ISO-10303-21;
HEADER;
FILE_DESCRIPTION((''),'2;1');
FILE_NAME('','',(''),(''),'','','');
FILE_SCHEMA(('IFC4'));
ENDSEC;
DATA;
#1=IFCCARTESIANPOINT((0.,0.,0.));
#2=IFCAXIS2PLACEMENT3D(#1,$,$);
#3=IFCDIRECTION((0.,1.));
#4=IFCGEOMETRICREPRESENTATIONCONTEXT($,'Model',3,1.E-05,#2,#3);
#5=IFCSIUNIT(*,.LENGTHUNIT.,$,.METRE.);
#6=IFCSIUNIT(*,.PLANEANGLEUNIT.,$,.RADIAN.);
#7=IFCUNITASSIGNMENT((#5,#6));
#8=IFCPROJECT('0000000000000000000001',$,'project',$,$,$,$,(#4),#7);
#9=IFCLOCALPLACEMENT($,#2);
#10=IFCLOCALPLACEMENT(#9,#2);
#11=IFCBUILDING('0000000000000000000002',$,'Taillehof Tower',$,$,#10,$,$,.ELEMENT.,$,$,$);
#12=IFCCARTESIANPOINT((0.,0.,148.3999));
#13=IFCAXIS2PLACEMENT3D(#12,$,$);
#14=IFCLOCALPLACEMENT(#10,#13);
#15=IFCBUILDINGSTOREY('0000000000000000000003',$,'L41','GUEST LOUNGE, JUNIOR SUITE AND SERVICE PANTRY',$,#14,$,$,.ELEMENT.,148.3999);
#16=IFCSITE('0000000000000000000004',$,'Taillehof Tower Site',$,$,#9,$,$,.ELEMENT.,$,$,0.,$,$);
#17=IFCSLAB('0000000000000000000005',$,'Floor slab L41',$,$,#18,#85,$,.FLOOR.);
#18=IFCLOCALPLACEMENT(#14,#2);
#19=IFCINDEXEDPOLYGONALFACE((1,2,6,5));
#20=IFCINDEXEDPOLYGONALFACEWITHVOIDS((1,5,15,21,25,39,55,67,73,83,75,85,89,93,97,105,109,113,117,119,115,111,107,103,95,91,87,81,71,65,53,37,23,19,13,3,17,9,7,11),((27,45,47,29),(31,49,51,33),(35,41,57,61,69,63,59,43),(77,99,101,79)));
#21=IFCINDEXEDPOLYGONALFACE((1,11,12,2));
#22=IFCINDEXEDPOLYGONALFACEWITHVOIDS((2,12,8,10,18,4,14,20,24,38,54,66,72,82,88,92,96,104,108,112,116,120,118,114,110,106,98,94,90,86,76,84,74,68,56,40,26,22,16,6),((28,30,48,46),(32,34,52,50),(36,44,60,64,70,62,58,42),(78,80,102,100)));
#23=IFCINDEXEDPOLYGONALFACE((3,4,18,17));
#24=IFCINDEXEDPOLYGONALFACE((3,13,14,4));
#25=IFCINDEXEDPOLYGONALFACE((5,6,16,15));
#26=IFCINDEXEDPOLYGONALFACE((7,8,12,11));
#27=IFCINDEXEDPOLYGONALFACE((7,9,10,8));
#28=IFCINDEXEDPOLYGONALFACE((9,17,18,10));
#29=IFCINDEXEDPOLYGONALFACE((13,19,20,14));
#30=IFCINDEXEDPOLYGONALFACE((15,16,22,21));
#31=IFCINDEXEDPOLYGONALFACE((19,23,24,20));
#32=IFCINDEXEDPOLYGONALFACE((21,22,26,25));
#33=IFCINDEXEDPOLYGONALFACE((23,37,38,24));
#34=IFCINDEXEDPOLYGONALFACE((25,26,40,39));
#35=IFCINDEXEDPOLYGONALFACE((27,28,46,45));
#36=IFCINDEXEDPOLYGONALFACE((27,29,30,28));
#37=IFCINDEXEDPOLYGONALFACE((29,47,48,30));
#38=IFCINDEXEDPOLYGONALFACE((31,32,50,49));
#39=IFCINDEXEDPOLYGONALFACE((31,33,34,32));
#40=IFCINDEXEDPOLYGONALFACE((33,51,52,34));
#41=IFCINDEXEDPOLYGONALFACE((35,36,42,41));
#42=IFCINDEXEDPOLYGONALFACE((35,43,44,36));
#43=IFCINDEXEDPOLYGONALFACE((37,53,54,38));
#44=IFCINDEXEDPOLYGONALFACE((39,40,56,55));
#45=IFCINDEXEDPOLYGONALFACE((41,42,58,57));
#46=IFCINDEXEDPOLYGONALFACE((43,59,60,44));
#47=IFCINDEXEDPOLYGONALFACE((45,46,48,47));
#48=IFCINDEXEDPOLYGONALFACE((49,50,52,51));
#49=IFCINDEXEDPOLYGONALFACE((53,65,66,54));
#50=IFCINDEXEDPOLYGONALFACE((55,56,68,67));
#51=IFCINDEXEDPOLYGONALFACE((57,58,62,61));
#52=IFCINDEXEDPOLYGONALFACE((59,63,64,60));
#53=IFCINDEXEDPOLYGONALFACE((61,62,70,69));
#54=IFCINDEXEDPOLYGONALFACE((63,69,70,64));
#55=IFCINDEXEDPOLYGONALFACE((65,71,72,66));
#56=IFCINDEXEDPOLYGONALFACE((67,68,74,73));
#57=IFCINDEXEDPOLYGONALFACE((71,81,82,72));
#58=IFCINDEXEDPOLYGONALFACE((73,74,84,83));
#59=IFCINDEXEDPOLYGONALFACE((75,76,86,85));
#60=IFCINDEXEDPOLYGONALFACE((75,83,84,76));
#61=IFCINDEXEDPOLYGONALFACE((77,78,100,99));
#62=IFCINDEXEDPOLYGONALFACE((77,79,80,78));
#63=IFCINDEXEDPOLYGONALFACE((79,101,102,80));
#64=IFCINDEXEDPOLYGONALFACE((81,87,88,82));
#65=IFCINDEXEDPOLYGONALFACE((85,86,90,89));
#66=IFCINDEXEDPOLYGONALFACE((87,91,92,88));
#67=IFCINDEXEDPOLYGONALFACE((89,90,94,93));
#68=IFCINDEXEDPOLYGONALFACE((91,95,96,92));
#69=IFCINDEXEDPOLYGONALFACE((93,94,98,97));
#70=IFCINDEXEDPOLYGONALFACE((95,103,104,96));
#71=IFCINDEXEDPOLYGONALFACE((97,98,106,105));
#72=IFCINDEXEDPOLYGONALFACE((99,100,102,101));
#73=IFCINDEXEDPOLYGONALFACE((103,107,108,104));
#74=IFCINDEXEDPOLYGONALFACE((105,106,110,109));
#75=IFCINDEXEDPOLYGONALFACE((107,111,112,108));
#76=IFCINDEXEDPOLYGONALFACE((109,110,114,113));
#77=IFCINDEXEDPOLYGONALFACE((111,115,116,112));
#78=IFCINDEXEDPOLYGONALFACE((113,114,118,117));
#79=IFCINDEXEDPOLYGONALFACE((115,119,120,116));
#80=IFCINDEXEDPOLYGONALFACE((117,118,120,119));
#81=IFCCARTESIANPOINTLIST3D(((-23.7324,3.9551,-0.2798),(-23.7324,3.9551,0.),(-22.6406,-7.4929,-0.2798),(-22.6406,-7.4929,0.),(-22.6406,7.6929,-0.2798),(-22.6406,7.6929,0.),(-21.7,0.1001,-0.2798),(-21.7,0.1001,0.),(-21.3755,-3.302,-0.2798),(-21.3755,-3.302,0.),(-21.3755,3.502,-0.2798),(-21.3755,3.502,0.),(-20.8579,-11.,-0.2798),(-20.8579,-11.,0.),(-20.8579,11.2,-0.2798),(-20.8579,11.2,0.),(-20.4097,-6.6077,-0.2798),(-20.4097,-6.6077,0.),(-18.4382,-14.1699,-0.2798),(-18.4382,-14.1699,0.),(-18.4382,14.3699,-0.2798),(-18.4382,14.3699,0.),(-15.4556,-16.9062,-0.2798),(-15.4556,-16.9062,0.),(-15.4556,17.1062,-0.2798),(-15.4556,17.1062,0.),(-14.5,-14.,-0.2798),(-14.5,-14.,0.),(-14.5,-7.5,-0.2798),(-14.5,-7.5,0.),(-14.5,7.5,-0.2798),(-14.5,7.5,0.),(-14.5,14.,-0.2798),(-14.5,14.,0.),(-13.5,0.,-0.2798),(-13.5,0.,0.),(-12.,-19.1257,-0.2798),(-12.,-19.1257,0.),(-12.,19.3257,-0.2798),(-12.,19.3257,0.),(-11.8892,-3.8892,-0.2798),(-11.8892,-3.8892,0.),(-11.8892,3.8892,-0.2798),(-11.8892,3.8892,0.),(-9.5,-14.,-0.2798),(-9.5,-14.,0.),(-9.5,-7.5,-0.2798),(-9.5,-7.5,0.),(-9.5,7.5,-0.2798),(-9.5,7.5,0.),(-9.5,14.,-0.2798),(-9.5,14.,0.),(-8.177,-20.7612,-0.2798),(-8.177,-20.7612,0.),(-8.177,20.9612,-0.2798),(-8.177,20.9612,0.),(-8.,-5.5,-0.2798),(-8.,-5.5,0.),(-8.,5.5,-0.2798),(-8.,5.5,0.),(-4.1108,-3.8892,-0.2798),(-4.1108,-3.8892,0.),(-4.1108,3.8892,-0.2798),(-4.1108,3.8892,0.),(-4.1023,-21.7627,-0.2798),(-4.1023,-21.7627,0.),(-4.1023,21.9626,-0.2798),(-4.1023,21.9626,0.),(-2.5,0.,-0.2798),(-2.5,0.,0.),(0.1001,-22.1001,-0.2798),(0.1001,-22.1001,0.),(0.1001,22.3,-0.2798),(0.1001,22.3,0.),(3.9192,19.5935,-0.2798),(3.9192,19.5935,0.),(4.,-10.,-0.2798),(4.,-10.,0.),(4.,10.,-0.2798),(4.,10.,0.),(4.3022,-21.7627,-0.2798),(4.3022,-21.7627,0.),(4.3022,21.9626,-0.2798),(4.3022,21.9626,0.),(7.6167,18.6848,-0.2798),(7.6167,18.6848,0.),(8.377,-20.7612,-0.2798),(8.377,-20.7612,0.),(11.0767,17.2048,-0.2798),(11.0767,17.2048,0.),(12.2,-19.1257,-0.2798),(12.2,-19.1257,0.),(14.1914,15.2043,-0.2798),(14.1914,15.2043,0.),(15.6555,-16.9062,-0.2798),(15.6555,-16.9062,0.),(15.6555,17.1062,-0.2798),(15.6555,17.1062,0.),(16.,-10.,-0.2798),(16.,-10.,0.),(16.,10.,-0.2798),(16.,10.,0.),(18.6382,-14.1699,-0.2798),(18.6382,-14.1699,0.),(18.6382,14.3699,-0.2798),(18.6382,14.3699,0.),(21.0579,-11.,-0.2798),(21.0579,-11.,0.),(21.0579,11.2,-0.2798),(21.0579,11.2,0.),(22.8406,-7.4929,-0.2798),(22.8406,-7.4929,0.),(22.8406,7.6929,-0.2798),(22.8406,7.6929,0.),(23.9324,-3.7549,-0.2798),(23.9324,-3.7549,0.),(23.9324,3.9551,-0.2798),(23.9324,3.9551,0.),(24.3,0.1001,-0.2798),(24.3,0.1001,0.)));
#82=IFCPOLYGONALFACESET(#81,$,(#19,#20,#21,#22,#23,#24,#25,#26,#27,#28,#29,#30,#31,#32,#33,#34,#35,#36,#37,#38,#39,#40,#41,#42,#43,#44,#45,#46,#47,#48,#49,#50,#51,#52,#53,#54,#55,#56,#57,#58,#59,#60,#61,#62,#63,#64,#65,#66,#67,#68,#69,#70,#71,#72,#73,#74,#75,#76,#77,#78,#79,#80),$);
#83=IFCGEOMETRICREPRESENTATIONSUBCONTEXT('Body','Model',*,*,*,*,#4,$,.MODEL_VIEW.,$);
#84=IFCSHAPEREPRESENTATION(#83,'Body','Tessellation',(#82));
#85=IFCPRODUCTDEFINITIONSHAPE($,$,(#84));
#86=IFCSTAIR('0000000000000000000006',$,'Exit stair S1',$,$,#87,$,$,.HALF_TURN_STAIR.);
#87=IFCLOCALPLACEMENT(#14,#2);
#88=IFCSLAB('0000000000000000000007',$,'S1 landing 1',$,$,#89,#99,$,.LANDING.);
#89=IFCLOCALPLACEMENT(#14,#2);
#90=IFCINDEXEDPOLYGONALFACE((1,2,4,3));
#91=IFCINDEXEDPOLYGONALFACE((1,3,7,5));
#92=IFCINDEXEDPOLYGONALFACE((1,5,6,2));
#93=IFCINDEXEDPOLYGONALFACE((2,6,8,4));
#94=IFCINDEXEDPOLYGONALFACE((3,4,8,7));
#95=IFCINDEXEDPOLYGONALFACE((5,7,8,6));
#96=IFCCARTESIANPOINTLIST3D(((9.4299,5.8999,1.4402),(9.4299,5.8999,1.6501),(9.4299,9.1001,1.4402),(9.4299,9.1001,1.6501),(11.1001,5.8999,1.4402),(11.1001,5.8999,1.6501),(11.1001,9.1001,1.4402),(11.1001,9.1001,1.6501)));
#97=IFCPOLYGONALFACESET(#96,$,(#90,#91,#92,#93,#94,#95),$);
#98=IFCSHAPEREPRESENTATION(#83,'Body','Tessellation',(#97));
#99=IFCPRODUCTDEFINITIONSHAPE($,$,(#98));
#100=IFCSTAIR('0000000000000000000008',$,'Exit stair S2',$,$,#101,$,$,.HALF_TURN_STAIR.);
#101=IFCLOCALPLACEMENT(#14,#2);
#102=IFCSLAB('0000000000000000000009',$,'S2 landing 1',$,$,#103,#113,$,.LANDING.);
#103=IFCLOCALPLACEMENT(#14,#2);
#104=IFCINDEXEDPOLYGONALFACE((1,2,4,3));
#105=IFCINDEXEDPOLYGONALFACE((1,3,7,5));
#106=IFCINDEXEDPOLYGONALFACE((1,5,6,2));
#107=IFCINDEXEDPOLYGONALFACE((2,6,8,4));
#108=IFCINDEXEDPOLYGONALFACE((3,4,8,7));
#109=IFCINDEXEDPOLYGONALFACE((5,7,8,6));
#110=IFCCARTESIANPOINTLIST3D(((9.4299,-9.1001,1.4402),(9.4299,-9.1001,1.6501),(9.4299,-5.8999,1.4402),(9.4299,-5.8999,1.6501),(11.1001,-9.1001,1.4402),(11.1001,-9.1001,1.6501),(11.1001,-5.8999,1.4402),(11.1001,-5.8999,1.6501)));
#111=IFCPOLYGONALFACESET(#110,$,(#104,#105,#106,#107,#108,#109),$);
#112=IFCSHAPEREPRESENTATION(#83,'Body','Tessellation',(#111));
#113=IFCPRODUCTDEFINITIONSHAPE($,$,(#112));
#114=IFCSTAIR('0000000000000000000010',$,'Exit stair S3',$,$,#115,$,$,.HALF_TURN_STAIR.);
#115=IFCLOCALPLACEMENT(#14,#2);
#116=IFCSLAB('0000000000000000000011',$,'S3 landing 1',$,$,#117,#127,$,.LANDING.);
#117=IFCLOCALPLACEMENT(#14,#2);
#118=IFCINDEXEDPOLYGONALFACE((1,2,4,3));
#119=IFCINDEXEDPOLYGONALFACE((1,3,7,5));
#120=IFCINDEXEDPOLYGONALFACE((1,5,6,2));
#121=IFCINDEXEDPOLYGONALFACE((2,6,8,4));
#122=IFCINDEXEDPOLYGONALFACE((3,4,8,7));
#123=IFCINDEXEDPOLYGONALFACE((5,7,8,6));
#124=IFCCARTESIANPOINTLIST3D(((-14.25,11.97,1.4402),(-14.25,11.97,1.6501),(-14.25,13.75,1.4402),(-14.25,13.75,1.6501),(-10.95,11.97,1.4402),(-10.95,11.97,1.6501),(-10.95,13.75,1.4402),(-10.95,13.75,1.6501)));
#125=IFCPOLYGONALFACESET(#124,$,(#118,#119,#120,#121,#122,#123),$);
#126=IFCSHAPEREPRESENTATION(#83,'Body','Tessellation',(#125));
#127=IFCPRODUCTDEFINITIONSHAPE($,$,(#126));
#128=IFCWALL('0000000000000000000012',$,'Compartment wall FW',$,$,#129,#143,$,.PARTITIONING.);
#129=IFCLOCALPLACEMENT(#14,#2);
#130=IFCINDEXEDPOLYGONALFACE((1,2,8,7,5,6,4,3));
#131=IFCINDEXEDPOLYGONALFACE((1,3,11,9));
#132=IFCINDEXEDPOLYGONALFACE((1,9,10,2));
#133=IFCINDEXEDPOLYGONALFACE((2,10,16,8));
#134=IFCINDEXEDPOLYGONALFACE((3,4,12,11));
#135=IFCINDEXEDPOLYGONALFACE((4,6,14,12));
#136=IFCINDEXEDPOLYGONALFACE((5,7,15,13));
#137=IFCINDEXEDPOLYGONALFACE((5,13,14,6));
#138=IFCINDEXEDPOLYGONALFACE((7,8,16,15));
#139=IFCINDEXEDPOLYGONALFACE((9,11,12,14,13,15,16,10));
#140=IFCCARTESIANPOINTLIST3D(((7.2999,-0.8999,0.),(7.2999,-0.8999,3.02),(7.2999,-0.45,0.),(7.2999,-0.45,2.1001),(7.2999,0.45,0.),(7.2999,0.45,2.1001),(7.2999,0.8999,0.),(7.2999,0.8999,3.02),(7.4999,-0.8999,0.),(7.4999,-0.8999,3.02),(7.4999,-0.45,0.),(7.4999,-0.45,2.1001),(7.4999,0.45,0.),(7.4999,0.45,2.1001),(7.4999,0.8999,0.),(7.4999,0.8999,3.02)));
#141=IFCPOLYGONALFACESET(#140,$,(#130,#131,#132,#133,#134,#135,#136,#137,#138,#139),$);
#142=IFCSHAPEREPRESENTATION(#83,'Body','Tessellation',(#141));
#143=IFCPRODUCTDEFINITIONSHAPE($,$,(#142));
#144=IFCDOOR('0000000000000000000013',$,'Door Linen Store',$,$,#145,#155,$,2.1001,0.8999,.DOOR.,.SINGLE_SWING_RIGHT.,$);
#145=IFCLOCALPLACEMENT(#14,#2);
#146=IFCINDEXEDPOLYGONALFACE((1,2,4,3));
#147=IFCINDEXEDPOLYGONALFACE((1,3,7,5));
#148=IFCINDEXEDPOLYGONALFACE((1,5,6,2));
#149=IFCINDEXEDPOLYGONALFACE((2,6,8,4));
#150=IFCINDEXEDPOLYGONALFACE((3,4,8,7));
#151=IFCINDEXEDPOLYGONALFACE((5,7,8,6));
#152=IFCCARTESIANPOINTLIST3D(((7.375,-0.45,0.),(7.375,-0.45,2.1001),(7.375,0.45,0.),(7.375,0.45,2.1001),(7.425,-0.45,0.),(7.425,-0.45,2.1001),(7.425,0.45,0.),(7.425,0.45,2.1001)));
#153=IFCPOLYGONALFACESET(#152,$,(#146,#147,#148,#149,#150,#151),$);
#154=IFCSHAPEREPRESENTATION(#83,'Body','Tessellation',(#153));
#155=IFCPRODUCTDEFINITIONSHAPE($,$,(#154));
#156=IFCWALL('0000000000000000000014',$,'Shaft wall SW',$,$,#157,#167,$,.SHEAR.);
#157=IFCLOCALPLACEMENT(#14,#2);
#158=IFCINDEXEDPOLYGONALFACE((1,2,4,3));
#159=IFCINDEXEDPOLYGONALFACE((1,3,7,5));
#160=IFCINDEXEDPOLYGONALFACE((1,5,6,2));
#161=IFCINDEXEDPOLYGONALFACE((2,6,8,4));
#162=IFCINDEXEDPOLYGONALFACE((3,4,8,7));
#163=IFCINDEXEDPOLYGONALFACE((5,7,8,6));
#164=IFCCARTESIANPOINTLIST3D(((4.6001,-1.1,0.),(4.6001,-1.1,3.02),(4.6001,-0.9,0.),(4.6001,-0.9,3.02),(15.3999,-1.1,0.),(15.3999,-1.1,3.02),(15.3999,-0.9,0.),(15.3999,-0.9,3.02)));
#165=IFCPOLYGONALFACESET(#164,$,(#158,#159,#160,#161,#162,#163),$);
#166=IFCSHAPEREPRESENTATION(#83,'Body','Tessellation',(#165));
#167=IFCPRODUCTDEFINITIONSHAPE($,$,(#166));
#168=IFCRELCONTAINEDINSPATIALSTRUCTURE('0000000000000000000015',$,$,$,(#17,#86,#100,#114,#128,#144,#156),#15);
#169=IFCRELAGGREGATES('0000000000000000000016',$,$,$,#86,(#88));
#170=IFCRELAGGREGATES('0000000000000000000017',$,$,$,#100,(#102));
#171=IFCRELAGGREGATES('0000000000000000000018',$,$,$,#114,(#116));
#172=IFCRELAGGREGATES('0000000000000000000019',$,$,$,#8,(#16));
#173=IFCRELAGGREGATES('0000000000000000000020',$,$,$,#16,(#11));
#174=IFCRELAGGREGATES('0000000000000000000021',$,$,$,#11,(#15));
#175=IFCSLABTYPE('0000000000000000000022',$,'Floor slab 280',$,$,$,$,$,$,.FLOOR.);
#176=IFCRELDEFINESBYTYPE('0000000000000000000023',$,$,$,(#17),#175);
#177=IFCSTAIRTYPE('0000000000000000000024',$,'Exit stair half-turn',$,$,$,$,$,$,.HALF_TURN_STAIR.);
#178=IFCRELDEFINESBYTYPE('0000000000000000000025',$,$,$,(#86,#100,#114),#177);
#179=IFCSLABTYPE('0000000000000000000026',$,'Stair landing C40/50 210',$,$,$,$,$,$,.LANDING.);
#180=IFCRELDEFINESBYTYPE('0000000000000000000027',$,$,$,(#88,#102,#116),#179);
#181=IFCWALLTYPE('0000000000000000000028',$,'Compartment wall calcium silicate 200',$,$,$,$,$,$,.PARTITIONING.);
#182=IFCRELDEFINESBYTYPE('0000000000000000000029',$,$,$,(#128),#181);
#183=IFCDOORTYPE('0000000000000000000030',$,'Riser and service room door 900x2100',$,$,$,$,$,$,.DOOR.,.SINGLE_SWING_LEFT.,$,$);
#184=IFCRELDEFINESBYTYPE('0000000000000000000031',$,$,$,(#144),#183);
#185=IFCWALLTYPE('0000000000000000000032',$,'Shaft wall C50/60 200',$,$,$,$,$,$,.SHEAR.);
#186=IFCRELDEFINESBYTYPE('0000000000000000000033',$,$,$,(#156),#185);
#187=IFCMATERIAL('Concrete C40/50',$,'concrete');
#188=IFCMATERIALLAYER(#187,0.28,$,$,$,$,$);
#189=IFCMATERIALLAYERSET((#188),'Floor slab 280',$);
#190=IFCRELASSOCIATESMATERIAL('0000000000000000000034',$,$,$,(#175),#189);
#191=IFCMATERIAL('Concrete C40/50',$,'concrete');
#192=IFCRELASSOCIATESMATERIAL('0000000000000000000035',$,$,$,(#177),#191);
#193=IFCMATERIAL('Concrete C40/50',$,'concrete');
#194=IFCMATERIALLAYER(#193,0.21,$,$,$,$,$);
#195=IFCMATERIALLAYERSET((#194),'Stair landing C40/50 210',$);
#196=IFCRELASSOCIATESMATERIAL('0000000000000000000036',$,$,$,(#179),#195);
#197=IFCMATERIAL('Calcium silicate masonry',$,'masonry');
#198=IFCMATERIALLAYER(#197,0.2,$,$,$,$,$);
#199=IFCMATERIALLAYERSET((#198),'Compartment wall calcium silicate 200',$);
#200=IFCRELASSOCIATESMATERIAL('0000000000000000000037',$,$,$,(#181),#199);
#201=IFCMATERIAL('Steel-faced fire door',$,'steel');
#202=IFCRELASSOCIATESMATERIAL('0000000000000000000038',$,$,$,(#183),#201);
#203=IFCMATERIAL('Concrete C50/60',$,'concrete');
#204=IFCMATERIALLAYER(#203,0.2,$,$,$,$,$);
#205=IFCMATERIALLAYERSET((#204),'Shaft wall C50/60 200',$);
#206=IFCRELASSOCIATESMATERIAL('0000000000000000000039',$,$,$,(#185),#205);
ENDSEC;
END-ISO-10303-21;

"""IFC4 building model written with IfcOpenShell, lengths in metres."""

from ifc_helpers import new_model, si_unit, direction, frame, frame_2d, origin, place, context, subcontext, project, spatial, polyline, rectangle, outline, extrude, material, layer, layer_set, type_object, element, fill, aggregate, save


model = new_model("IFC4")

# Units and contexts
model_context = context("Model", 3, precision=1e-05, world=origin(), true_north=direction((0.0, 1.0)))
body_context = subcontext(model_context, "Body", "Model", "MODEL_VIEW")
ifc_project = project(units=[si_unit("LENGTHUNIT", "METRE"), si_unit("PLANEANGLEUNIT", "RADIAN")], contexts=[model_context])

# Site, building, storey
site_placement = place(None, origin())
site = spatial("IfcSite", under=ifc_project, at=site_placement, Name="Taillehof Tower Site", CompositionType="ELEMENT", RefElevation=0.0)
building_placement = place(site_placement, origin())
building = spatial("IfcBuilding", under=site, at=building_placement, Name="Taillehof Tower", CompositionType="ELEMENT")
storey_placement = place(building_placement, frame((0.0, 0.0, 148.3999)))
storey = spatial("IfcBuildingStorey", under=building, at=storey_placement, Name="L41", Description="GUEST LOUNGE, JUNIOR SUITE AND SERVICE PANTRY", CompositionType="ELEMENT", Elevation=148.3999)

# Slab
ifc_material_1 = material(Name="Concrete C40/50", Category="concrete")
ifc_layer_1 = layer(ifc_material_1, 0.28)
ifc_layer_set_1 = layer_set([ifc_layer_1], Name="Floor slab 280")
slab_type_1 = type_object("IfcSlabType", Name="Floor slab 280", PredefinedType="FLOOR", material=ifc_layer_set_1)
slab_1_placement = place(storey_placement, frame((0.0, 0.0, -0.2798)))
element("IfcSlab", 1, at=slab_1_placement, inside=storey, type_object=slab_type_1, Name="Floor slab L41", PredefinedType="FLOOR", context=body_context, shape_type="SweptSolid", body=[
    extrude(outline(polyline([(24.3, 0.1001), (23.9324, 3.9551), (22.8406, 7.6929), (21.0579, 11.2), (18.6382, 14.3699), (15.6555, 17.1062), (14.1914, 15.2043), (11.0767, 17.2048), (7.6167, 18.6848), (3.9192, 19.5935), (4.3022, 21.9626), (0.1001, 22.3), (-4.1023, 21.9626), (-8.177, 20.9612), (-12.0, 19.3257), (-15.4556, 17.1062), (-18.4382, 14.3699), (-20.8579, 11.2), (-22.6406, 7.6929), (-23.7324, 3.9551), (-21.3755, 3.502), (-21.7, 0.1001), (-21.3755, -3.302), (-20.4097, -6.6077), (-22.6406, -7.4929), (-20.8579, -11.0), (-18.4382, -14.1699), (-15.4556, -16.9062), (-12.0, -19.1257), (-8.177, -20.7612), (-4.1023, -21.7627), (0.1001, -22.1001), (4.3022, -21.7627), (8.377, -20.7612), (12.2, -19.1257), (15.6555, -16.9062), (18.6382, -14.1699), (21.0579, -11.0), (22.8406, -7.4929), (23.9324, -3.7549), (24.3, 0.1001)]), holes=[polyline([(-14.5, -7.5), (-9.5, -7.5), (-9.5, -14.0), (-14.5, -14.0), (-14.5, -7.5)]), polyline([(-8.0, -5.5), (-11.8892, -3.8892), (-13.5, 0.0), (-11.8892, 3.8892), (-8.0, 5.5), (-4.1108, 3.8892), (-2.5, 0.0), (-4.1108, -3.8892), (-8.0, -5.5)]), polyline([(16.0, 10.0), (16.0, -10.0), (4.0, -10.0), (4.0, 10.0), (16.0, 10.0)]), polyline([(-14.5, 14.0), (-9.5, 14.0), (-9.5, 7.5), (-14.5, 7.5), (-14.5, 14.0)])]), origin(), (0.0, 0.0, 1.0), 0.2798),
])

# Stairs, slabs
ifc_material_2 = material(Name="Concrete C40/50", Category="concrete")
stair_type = type_object("IfcStairType", Name="Exit stair half-turn", PredefinedType="HALF_TURN_STAIR", material=ifc_material_2)
stair_1_placement = place(storey_placement, origin())
stair_1 = element("IfcStair", 2, at=stair_1_placement, inside=storey, type_object=stair_type, Name="Exit stair S1", PredefinedType="HALF_TURN_STAIR")
ifc_material_3 = material(Name="Concrete C40/50", Category="concrete")
ifc_layer_2 = layer(ifc_material_3, 0.21)
ifc_layer_set_2 = layer_set([ifc_layer_2], Name="Stair landing C40/50 210")
slab_type_2 = type_object("IfcSlabType", Name="Stair landing C40/50 210", PredefinedType="LANDING", material=ifc_layer_set_2)
slab_2_placement = place(storey_placement, frame((0.0, 0.0, 1.4402)))
slab_2 = element("IfcSlab", 3, at=slab_2_placement, type_object=slab_type_2, Name="S1 landing 1", PredefinedType="LANDING", context=body_context, shape_type="SweptSolid", body=[
    extrude(outline(polyline([(9.4299, 5.8999), (11.1001, 5.8999), (11.1001, 9.1001), (9.4299, 9.1001), (9.4299, 5.8999)])), origin(), (0.0, 0.0, 1.0), 0.21),
])
aggregate(stair_1, [slab_2])
stair_2_placement = place(storey_placement, origin())
stair_2 = element("IfcStair", 4, at=stair_2_placement, inside=storey, type_object=stair_type, Name="Exit stair S2", PredefinedType="HALF_TURN_STAIR")
slab_3_placement = place(storey_placement, frame((0.0, 0.0, 1.4402)))
slab_3 = element("IfcSlab", 5, at=slab_3_placement, type_object=slab_type_2, Name="S2 landing 1", PredefinedType="LANDING", context=body_context, shape_type="SweptSolid", body=[
    extrude(outline(polyline([(9.4299, -5.8999), (11.1001, -5.8999), (11.1001, -9.1001), (9.4299, -9.1001), (9.4299, -5.8999)])), origin(), (0.0, 0.0, 1.0), 0.21),
])
aggregate(stair_2, [slab_3])
stair_3_placement = place(storey_placement, origin())
stair_3 = element("IfcStair", 6, at=stair_3_placement, inside=storey, type_object=stair_type, Name="Exit stair S3", PredefinedType="HALF_TURN_STAIR")
slab_4_placement = place(storey_placement, frame((0.0, 0.0, 1.4402)))
slab_4 = element("IfcSlab", 7, at=slab_4_placement, type_object=slab_type_2, Name="S3 landing 1", PredefinedType="LANDING", context=body_context, shape_type="SweptSolid", body=[
    extrude(outline(polyline([(-14.25, 11.97), (-14.25, 13.75), (-10.95, 13.75), (-10.95, 11.97), (-14.25, 11.97)])), origin(), (0.0, 0.0, 1.0), 0.21),
])
aggregate(stair_3, [slab_4])

# Wall, opening, door
ifc_material_4 = material(Name="Calcium silicate masonry", Category="masonry")
ifc_layer_3 = layer(ifc_material_4, 0.2)
ifc_layer_set_3 = layer_set([ifc_layer_3], Name="Compartment wall calcium silicate 200")
wall_type_1 = type_object("IfcWallType", Name="Compartment wall calcium silicate 200", PredefinedType="PARTITIONING", material=ifc_layer_set_3)
wall_1_placement = place(storey_placement, frame((7.3999, -0.8999, 0.0), z_axis=(0.0, 0.0, 1.0), x_axis=(0.0, 1.0, 0.0)))
wall_1 = element("IfcWall", 8, at=wall_1_placement, inside=storey, type_object=wall_type_1, Name="Compartment wall FW", PredefinedType="PARTITIONING", context=body_context, shape_type="SweptSolid", body=[
    extrude(rectangle(XDim=1.7998, YDim=0.2, at=frame_2d((0.8999, 0.0))), origin(), (0.0, 0.0, 1.0), 3.02),
])
opening_placement = place(wall_1_placement, frame((0.45, 0.0, 0.0)))
opening = element("IfcOpeningElement", 9, at=opening_placement, cuts=wall_1, PredefinedType="OPENING", context=body_context, shape_type="SweptSolid", body=[
    extrude(rectangle(XDim=0.8999, YDim=2.1001, at=frame_2d((0.45, 1.05))), frame((0.0, 0.1099, 0.0), z_axis=(0.0, -1.0, 0.0), x_axis=(1.0, 0.0, 0.0)), (0.0, 0.0, 1.0), 0.22),
])
ifc_material_5 = material(Name="Steel-faced fire door", Category="steel")
door_type = type_object("IfcDoorType", Name="Riser and service room door 900x2100", OperationType="SINGLE_SWING_LEFT", PredefinedType="DOOR", material=ifc_material_5)
door_placement = place(opening_placement, origin())
door = element("IfcDoor", 10, at=door_placement, inside=storey, type_object=door_type, Name="Door Linen Store", OperationType="SINGLE_SWING_RIGHT", OverallHeight=2.1001, OverallWidth=0.8999, PredefinedType="DOOR", context=body_context, shape_type="SweptSolid", body=[
    extrude(rectangle(XDim=0.8999, YDim=2.1001, at=frame_2d((0.45, 1.05))), frame((0.0, 0.0249, 0.0), z_axis=(0.0, -1.0, 0.0), x_axis=(1.0, 0.0, 0.0)), (0.0, 0.0, 1.0), 0.05),
])
fill(opening, door)

# Wall
ifc_material_6 = material(Name="Concrete C50/60", Category="concrete")
ifc_layer_4 = layer(ifc_material_6, 0.2)
ifc_layer_set_4 = layer_set([ifc_layer_4], Name="Shaft wall C50/60 200")
wall_type_2 = type_object("IfcWallType", Name="Shaft wall C50/60 200", PredefinedType="SHEAR", material=ifc_layer_set_4)
wall_2_placement = place(storey_placement, frame((4.6001, -1.0, 0.0), z_axis=(0.0, 0.0, 1.0), x_axis=(1.0, 0.0, 0.0)))
element("IfcWall", 11, at=wall_2_placement, inside=storey, type_object=wall_type_2, Name="Shaft wall SW", PredefinedType="SHEAR", context=body_context, shape_type="SweptSolid", body=[
    extrude(rectangle(XDim=10.7998, YDim=0.2, at=frame_2d((5.3999, 0.0))), origin(), (0.0, 0.0, 1.0), 3.02),
])

save(model, "model.ifc")
